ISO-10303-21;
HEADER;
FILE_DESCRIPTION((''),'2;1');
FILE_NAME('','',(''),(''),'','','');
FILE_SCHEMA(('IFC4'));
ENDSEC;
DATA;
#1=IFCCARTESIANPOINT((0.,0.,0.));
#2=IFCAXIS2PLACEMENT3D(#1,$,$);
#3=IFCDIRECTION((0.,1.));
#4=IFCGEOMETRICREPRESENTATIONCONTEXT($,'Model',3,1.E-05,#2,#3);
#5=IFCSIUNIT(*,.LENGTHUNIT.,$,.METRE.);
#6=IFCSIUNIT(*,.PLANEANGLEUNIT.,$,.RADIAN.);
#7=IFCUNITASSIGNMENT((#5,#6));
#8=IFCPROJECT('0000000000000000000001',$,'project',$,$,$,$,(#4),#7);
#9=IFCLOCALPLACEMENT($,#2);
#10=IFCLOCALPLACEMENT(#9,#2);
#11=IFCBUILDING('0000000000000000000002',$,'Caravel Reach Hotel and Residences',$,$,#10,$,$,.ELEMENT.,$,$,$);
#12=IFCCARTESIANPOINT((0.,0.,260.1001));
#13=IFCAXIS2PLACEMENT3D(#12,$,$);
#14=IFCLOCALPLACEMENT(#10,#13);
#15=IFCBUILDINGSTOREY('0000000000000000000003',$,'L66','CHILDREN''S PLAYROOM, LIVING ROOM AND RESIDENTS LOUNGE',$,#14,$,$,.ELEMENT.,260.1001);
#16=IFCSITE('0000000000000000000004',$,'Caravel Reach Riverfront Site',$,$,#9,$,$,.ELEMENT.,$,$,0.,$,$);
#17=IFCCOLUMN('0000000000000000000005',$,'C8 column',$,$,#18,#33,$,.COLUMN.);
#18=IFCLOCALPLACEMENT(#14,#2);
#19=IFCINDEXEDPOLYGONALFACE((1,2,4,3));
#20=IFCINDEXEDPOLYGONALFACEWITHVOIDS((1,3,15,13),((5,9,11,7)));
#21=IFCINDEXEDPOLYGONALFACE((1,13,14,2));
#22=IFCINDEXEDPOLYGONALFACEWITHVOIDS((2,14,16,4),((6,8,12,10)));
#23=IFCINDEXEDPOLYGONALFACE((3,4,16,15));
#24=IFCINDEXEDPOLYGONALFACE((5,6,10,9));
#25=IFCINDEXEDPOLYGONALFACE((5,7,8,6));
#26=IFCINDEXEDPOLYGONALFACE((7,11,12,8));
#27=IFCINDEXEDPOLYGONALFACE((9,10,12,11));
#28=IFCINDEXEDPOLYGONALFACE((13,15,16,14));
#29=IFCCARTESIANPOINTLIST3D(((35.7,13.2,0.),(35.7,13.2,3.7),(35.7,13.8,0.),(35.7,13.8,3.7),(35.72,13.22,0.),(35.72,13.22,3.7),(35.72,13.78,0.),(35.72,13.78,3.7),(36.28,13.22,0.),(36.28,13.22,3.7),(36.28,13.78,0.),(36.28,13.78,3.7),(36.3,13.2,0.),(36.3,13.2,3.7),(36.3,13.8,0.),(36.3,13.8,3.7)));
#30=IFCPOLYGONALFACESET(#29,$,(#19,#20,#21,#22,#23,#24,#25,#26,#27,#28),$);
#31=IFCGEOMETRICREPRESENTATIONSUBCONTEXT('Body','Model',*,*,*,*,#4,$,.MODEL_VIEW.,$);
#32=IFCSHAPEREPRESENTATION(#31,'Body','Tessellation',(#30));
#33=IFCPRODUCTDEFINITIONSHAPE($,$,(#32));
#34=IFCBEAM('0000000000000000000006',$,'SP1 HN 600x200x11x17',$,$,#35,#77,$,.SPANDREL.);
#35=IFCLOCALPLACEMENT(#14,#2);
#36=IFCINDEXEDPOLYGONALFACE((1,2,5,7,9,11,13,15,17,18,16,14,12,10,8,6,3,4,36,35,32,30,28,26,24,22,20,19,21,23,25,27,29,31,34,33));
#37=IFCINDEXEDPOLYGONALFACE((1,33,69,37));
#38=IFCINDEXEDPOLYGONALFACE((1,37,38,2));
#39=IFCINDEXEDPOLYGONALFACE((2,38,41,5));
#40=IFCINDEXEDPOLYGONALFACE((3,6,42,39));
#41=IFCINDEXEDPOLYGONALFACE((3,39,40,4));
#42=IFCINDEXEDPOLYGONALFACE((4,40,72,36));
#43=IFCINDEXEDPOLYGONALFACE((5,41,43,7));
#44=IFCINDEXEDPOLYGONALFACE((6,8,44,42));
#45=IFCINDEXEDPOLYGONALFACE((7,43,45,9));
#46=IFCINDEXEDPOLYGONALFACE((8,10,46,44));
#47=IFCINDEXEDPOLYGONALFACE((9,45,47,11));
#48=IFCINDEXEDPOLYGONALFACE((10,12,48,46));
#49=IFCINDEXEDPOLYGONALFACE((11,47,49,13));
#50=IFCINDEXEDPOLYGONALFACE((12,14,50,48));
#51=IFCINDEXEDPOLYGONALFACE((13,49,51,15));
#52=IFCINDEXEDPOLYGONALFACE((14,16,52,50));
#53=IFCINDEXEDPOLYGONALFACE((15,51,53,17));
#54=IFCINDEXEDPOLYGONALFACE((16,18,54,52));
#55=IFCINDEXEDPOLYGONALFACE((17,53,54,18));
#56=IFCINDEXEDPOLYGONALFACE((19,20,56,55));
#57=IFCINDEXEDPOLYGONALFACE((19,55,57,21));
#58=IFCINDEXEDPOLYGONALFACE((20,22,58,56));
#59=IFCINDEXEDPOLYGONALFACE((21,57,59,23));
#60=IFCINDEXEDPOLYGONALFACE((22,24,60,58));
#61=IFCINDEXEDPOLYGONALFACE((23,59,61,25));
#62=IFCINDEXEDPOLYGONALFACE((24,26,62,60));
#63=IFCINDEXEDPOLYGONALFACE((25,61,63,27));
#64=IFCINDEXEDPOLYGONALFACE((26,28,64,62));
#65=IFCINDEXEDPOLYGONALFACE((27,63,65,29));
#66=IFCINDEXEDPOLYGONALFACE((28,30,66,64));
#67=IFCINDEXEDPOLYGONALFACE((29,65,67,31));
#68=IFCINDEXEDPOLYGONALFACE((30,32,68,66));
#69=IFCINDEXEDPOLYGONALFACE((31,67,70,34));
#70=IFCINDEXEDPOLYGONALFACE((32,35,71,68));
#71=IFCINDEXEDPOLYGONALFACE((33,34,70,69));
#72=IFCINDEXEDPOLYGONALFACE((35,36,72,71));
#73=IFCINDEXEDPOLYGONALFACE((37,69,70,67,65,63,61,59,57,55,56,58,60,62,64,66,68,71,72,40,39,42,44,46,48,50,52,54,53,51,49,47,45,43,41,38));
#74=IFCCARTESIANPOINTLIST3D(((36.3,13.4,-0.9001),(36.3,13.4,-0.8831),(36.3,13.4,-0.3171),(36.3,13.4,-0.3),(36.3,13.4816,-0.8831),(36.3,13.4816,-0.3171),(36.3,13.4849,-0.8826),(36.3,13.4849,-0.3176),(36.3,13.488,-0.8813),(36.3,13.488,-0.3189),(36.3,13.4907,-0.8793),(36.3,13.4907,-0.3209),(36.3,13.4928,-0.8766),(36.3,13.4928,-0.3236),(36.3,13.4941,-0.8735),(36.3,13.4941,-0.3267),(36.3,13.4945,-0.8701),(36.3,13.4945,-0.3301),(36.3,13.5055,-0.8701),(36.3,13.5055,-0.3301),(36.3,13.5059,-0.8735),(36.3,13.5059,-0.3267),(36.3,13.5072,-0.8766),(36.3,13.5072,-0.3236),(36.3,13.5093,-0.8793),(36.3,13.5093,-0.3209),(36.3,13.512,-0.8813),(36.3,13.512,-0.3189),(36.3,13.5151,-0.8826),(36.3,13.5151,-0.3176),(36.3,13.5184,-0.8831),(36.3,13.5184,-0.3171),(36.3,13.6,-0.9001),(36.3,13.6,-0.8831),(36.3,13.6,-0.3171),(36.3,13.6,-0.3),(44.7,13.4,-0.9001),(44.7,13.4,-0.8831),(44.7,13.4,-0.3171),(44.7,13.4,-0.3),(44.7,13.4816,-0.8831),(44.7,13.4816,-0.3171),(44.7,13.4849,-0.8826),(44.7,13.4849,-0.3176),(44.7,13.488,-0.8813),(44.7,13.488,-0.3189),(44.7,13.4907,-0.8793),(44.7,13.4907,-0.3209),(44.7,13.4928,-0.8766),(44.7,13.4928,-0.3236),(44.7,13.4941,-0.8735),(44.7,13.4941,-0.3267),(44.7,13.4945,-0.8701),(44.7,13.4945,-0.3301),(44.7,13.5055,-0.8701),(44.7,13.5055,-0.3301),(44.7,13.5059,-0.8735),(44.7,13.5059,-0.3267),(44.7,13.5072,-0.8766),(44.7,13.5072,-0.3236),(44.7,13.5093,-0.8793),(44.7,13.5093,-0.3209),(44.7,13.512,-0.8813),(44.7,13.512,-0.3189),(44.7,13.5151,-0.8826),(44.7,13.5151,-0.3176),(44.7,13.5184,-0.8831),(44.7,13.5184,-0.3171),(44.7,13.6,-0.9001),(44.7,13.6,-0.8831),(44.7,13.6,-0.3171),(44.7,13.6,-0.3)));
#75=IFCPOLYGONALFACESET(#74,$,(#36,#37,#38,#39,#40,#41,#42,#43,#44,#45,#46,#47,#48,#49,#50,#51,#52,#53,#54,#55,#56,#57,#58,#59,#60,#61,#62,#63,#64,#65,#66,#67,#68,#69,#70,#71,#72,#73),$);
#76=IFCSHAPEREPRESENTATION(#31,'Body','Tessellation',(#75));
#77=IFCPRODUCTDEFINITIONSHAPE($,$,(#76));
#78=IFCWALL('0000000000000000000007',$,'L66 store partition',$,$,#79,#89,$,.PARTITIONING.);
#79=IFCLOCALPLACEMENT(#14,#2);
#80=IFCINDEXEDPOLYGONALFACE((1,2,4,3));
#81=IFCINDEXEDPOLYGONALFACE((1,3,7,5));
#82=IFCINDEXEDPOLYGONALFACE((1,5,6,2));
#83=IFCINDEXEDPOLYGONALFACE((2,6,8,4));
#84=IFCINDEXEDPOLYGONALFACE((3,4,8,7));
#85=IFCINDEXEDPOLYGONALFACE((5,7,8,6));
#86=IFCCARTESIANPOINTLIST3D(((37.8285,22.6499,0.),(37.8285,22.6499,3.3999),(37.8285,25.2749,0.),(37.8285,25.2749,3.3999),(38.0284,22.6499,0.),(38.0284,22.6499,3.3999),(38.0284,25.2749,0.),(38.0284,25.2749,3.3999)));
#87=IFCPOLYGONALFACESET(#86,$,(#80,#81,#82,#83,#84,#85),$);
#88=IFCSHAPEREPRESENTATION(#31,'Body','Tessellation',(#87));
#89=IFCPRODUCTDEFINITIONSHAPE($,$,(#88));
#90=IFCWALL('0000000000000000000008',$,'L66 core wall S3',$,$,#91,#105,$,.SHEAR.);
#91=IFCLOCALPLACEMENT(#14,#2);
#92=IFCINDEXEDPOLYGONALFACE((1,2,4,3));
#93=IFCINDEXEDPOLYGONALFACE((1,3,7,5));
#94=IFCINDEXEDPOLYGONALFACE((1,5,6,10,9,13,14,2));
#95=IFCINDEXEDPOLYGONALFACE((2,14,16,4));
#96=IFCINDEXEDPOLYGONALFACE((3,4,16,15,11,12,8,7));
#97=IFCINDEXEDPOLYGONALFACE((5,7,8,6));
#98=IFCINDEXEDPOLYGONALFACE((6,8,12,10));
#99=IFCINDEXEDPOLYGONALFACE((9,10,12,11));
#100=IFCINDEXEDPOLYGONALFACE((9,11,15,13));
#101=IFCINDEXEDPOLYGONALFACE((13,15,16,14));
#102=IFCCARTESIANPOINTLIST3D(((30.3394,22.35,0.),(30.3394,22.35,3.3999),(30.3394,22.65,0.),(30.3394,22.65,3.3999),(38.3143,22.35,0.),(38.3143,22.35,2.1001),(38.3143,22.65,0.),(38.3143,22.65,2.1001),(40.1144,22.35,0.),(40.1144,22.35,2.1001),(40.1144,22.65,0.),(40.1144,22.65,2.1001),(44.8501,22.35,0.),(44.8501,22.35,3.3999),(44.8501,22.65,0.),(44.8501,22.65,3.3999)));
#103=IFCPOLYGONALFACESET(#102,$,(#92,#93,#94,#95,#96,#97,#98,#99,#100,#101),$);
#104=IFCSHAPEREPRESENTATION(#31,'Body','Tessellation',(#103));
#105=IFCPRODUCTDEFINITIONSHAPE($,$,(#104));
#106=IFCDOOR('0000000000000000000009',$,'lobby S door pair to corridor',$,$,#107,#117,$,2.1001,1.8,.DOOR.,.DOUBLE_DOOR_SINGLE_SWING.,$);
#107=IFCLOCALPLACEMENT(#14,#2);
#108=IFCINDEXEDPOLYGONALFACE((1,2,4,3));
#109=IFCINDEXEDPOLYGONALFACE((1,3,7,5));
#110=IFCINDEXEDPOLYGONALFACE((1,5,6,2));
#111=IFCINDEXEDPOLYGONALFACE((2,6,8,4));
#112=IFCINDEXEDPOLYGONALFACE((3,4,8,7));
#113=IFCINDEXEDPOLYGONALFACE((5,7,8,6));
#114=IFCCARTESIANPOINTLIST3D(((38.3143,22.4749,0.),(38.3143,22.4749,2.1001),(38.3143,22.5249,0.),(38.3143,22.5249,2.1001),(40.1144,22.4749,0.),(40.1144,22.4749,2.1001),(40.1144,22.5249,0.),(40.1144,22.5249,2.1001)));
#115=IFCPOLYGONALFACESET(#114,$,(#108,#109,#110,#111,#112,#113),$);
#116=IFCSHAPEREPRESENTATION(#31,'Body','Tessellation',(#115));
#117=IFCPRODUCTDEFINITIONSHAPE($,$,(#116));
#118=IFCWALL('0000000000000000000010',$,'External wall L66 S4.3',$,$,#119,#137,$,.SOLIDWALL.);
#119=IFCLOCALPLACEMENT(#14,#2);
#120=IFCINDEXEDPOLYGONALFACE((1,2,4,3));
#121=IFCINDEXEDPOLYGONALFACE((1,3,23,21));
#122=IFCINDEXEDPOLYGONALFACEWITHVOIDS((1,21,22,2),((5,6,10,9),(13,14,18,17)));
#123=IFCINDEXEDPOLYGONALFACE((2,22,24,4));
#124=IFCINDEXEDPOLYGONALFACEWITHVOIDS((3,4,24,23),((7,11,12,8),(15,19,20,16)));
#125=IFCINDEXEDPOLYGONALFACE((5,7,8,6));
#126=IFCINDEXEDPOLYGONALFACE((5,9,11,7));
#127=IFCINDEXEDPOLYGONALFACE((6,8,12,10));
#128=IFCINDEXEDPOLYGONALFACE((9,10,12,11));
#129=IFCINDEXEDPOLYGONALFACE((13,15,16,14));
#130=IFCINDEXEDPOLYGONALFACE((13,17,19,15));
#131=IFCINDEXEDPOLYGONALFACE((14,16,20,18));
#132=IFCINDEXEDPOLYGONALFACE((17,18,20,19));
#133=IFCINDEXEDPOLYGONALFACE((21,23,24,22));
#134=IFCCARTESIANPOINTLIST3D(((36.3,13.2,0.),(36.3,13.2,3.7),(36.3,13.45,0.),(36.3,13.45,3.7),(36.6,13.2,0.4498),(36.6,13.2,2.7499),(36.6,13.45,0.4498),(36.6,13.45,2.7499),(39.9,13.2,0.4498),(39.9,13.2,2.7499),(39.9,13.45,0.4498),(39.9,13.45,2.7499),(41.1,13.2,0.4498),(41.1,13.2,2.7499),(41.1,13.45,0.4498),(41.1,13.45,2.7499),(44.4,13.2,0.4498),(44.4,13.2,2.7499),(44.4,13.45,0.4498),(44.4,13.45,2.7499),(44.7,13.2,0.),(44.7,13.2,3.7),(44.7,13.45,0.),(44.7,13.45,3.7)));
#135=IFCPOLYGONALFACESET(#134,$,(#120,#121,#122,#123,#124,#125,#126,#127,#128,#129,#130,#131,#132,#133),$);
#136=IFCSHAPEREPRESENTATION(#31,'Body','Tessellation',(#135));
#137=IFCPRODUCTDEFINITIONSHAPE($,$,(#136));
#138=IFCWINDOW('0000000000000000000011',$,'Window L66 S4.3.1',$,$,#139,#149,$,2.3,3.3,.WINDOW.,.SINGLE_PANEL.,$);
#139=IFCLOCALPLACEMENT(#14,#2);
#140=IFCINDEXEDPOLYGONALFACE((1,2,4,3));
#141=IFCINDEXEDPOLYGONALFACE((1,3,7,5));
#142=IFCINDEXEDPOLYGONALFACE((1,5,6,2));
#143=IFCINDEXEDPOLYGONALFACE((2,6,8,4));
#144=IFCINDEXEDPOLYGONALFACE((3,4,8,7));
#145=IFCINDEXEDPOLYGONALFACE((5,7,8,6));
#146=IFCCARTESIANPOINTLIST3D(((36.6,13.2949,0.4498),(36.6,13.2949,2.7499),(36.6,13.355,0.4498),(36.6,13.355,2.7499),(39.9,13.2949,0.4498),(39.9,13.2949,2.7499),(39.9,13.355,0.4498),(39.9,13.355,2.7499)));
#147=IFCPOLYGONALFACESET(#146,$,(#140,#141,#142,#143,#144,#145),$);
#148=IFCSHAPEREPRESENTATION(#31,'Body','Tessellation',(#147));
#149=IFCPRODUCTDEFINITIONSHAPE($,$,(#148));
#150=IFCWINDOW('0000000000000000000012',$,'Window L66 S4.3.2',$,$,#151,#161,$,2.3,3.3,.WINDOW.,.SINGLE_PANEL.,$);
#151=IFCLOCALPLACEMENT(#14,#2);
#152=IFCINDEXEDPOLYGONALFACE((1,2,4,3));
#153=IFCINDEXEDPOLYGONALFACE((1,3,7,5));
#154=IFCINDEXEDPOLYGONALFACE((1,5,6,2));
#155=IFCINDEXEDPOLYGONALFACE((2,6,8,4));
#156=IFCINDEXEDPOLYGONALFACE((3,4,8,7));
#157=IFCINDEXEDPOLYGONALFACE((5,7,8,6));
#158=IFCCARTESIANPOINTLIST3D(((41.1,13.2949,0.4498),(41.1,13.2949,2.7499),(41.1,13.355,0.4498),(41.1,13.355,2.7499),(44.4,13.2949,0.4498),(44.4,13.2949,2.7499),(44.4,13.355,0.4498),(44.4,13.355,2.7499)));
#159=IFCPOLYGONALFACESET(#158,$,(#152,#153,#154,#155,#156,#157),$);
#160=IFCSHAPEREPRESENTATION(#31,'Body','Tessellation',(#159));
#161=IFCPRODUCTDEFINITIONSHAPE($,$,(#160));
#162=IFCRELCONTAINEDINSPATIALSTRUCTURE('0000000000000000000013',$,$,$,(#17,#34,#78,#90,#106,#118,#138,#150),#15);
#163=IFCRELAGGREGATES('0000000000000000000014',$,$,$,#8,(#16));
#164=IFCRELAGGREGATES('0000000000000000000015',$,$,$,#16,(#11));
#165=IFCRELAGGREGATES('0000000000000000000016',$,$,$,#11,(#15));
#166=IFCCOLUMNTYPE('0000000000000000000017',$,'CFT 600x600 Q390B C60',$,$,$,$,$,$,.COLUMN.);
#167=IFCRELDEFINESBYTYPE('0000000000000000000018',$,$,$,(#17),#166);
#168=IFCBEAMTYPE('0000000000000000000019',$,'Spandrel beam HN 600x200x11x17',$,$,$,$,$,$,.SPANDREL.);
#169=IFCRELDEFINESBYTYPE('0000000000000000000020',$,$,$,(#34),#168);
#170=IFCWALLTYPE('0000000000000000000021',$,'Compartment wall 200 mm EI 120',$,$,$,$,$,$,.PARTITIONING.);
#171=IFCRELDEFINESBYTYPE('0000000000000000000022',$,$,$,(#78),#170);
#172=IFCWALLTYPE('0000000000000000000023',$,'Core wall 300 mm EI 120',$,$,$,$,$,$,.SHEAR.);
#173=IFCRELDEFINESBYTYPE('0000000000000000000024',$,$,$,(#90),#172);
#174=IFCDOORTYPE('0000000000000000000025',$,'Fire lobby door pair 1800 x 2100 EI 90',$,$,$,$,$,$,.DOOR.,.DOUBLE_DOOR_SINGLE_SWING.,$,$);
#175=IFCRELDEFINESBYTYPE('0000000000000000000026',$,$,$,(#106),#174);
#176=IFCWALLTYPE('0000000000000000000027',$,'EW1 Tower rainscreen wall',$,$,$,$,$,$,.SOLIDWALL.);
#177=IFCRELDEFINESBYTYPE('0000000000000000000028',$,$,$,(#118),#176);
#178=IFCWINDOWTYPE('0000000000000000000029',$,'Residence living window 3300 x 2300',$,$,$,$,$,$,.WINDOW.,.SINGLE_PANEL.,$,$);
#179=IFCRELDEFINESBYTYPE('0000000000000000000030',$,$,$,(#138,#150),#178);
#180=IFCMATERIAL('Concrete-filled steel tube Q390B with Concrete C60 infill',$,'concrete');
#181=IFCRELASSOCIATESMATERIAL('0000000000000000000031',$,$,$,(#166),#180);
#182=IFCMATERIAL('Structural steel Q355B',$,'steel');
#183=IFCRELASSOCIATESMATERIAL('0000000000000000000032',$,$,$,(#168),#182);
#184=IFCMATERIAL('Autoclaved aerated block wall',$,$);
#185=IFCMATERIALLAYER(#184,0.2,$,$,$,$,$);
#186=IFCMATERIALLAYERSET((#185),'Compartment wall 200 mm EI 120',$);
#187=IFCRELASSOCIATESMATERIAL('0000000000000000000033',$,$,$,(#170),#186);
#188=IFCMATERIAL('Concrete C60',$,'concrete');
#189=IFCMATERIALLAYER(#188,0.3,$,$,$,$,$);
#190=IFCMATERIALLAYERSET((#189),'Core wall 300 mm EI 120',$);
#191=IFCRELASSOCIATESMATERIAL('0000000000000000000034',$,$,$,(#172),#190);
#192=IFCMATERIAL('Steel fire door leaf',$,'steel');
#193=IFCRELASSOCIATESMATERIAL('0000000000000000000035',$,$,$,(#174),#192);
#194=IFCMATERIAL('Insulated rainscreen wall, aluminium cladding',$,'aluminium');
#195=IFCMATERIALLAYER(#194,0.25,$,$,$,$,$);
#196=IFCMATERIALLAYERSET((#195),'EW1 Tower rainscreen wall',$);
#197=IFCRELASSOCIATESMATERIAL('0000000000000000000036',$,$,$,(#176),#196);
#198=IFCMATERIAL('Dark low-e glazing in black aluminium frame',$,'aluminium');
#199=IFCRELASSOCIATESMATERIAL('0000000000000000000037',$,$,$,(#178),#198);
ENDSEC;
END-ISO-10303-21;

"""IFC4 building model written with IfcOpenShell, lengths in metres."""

from ifc_helpers import new_model, si_unit, direction, frame, frame_2d, origin, origin_2d, place, context, subcontext, project, spatial, rectangle, hollow_rectangle, i_section, extrude, material, layer, layer_set, material_profile, profile_set, type_object, element, fill, save


model = new_model("IFC4")

# Units and contexts
model_context = context("Model", 3, precision=1e-05, world=origin(), true_north=direction((0.0, 1.0)))
body_context = subcontext(model_context, "Body", "Model", "MODEL_VIEW")
ifc_project = project(units=[si_unit("LENGTHUNIT", "METRE"), si_unit("PLANEANGLEUNIT", "RADIAN")], contexts=[model_context])

# Site, building, storey
site_placement = place(None, origin())
site = spatial("IfcSite", under=ifc_project, at=site_placement, Name="Caravel Reach Riverfront Site", CompositionType="ELEMENT", RefElevation=0.0)
building_placement = place(site_placement, origin())
building = spatial("IfcBuilding", under=site, at=building_placement, Name="Caravel Reach Hotel and Residences", CompositionType="ELEMENT")
storey_placement = place(building_placement, frame((0.0, 0.0, 260.1001)))
storey = spatial("IfcBuildingStorey", under=building, at=storey_placement, Name="L66", Description="CHILDREN'S PLAYROOM, LIVING ROOM AND RESIDENTS LOUNGE", CompositionType="ELEMENT", Elevation=260.1001)

# Column
ifc_material_1 = material(Name="Concrete-filled steel tube Q390B with Concrete C60 infill", Category="concrete")
ifc_material_profile_1 = material_profile(ifc_material_1, hollow_rectangle(XDim=0.6001, YDim=0.6001, WallThickness=0.02, at=origin_2d()), Name="RHS 600x600x20")
ifc_profile_set_1 = profile_set([ifc_material_profile_1], Name="Concrete-filled steel tube Q390B with Concrete C60 infill")
column_type = type_object("IfcColumnType", Name="CFT 600x600 Q390B C60", PredefinedType="COLUMN", material=ifc_profile_set_1)
column_placement = place(storey_placement, frame((36.0, 13.5, 0.0), z_axis=(0.0, 0.0, 1.0), x_axis=(1.0, 0.0, 0.0)))
element("IfcColumn", 1, at=column_placement, inside=storey, type_object=column_type, Name="C8 column", PredefinedType="COLUMN", context=body_context, shape_type="SweptSolid", body=[
    extrude(hollow_rectangle(XDim=0.6001, YDim=0.6001, WallThickness=0.02, at=origin_2d()), origin(), (0.0, 0.0, 1.0), 3.7),
])

# Beam
ifc_material_2 = material(Name="Structural steel Q355B", Category="steel")
ifc_material_profile_2 = material_profile(ifc_material_2, i_section(OverallWidth=0.2, OverallDepth=0.6001, WebThickness=0.011, FlangeThickness=0.0171, FilletRadius=0.0129, at=origin_2d()), Name="HN 600x200x11x17")
ifc_profile_set_2 = profile_set([ifc_material_profile_2], Name="Structural steel Q355B")
beam_type = type_object("IfcBeamType", Name="Spandrel beam HN 600x200x11x17", PredefinedType="SPANDREL", material=ifc_profile_set_2)
beam_placement = place(storey_placement, frame((36.3, 13.5, -0.6001), z_axis=(1.0, 0.0, 0.0), x_axis=(0.0, 1.0, 0.0)))
element("IfcBeam", 2, at=beam_placement, inside=storey, type_object=beam_type, Name="SP1 HN 600x200x11x17", PredefinedType="SPANDREL", context=body_context, shape_type="SweptSolid", body=[
    extrude(i_section(OverallWidth=0.2, OverallDepth=0.6001, WebThickness=0.011, FlangeThickness=0.0171, FilletRadius=0.0129, at=origin_2d()), origin(), (0.0, 0.0, 1.0), 8.3999),
])

# Wall
ifc_material_3 = material(Name="Autoclaved aerated block wall")
ifc_layer_1 = layer(ifc_material_3, 0.2)
ifc_layer_set_1 = layer_set([ifc_layer_1], Name="Compartment wall 200 mm EI 120")
wall_type_1 = type_object("IfcWallType", Name="Compartment wall 200 mm EI 120", PredefinedType="PARTITIONING", material=ifc_layer_set_1)
wall_1_placement = place(storey_placement, frame((37.9285, 22.6499, 0.0), z_axis=(0.0, 0.0, 1.0), x_axis=(0.0, 1.0, 0.0)))
element("IfcWall", 3, at=wall_1_placement, inside=storey, type_object=wall_type_1, Name="L66 store partition", PredefinedType="PARTITIONING", context=body_context, shape_type="SweptSolid", body=[
    extrude(rectangle(XDim=2.625, YDim=0.2, at=frame_2d((1.3125, 0.0))), origin(), (0.0, 0.0, 1.0), 3.3999),
])

# Wall, opening, door
ifc_material_4 = material(Name="Concrete C60", Category="concrete")
ifc_layer_2 = layer(ifc_material_4, 0.3)
ifc_layer_set_2 = layer_set([ifc_layer_2], Name="Core wall 300 mm EI 120")
wall_type_2 = type_object("IfcWallType", Name="Core wall 300 mm EI 120", PredefinedType="SHEAR", material=ifc_layer_set_2)
wall_2_placement = place(storey_placement, frame((30.3394, 22.5, 0.0), z_axis=(0.0, 0.0, 1.0), x_axis=(1.0, 0.0, 0.0)))
wall_2 = element("IfcWall", 4, at=wall_2_placement, inside=storey, type_object=wall_type_2, Name="L66 core wall S3", PredefinedType="SHEAR", context=body_context, shape_type="SweptSolid", body=[
    extrude(rectangle(XDim=14.5107, YDim=0.3, at=frame_2d((7.2554, 0.0))), origin(), (0.0, 0.0, 1.0), 3.3999),
])
opening_1_placement = place(wall_2_placement, frame((7.9751, 0.0, 0.0)))
opening_1 = element("IfcOpeningElement", 5, at=opening_1_placement, cuts=wall_2, PredefinedType="OPENING", context=body_context, shape_type="SweptSolid", body=[
    extrude(rectangle(XDim=1.8, YDim=2.1001, at=frame_2d((0.8999, 1.05))), frame((0.0, 0.1599, 0.0), z_axis=(0.0, -1.0, 0.0), x_axis=(1.0, 0.0, 0.0)), (0.0, 0.0, 1.0), 0.3201),
])
ifc_material_5 = material(Name="Steel fire door leaf", Category="steel")
door_type_1 = type_object("IfcDoorType", Name="Fire lobby door pair 1800 x 2100 EI 90", OperationType="DOUBLE_DOOR_SINGLE_SWING", PredefinedType="DOOR", material=ifc_material_5)
door_1_placement = place(opening_1_placement, origin())
door_1 = element("IfcDoor", 6, at=door_1_placement, inside=storey, type_object=door_type_1, Name="lobby S door pair to corridor", OperationType="DOUBLE_DOOR_SINGLE_SWING", OverallHeight=2.1001, OverallWidth=1.8, PredefinedType="DOOR", context=body_context, shape_type="SweptSolid", body=[
    extrude(rectangle(XDim=1.8, YDim=2.1001, at=frame_2d((0.8999, 1.05))), frame((0.0, 0.0249, 0.0), z_axis=(0.0, -1.0, 0.0), x_axis=(1.0, 0.0, 0.0)), (0.0, 0.0, 1.0), 0.05),
])
fill(opening_1, door_1)

# Wall, openings, windows
ifc_material_6 = material(Name="Insulated rainscreen wall, aluminium cladding", Category="aluminium")
ifc_layer_3 = layer(ifc_material_6, 0.25)
ifc_layer_set_3 = layer_set([ifc_layer_3], Name="EW1 Tower rainscreen wall")
wall_type_3 = type_object("IfcWallType", Name="EW1 Tower rainscreen wall", PredefinedType="SOLIDWALL", material=ifc_layer_set_3)
wall_3_placement = place(storey_placement, frame((36.3, 13.325, 0.0), z_axis=(0.0, 0.0, 1.0), x_axis=(1.0, 0.0, 0.0)))
wall_3 = element("IfcWall", 7, at=wall_3_placement, inside=storey, type_object=wall_type_3, Name="External wall L66 S4.3", PredefinedType="SOLIDWALL", context=body_context, shape_type="SweptSolid", body=[
    extrude(rectangle(XDim=8.3999, YDim=0.25, at=frame_2d((4.2, 0.0))), origin(), (0.0, 0.0, 1.0), 3.7),
])
opening_2_placement = place(wall_3_placement, frame((0.3, 0.0, 0.45)))
opening_2 = element("IfcOpeningElement", 8, at=opening_2_placement, cuts=wall_3, PredefinedType="OPENING", context=body_context, shape_type="SweptSolid", body=[
    extrude(rectangle(XDim=3.3, YDim=2.3, at=frame_2d((1.6499, 1.1499))), frame((0.0, 0.135, 0.0), z_axis=(0.0, -1.0, 0.0), x_axis=(1.0, 0.0, 0.0)), (0.0, 0.0, 1.0), 0.27),
])
opening_3_placement = place(wall_3_placement, frame((4.8, 0.0, 0.45)))
opening_3 = element("IfcOpeningElement", 9, at=opening_3_placement, cuts=wall_3, PredefinedType="OPENING", context=body_context, shape_type="SweptSolid", body=[
    extrude(rectangle(XDim=3.3, YDim=2.3, at=frame_2d((1.6499, 1.1499))), frame((0.0, 0.135, 0.0), z_axis=(0.0, -1.0, 0.0), x_axis=(1.0, 0.0, 0.0)), (0.0, 0.0, 1.0), 0.27),
])
ifc_material_7 = material(Name="Dark low-e glazing in black aluminium frame", Category="aluminium")
window_type = type_object("IfcWindowType", Name="Residence living window 3300 x 2300", PartitioningType="SINGLE_PANEL", PredefinedType="WINDOW", material=ifc_material_7)
window_1_placement = place(opening_2_placement, origin())
window_1 = element("IfcWindow", 10, at=window_1_placement, inside=storey, type_object=window_type, Name="Window L66 S4.3.1", OverallHeight=2.3, OverallWidth=3.3, PartitioningType="SINGLE_PANEL", PredefinedType="WINDOW", context=body_context, shape_type="SweptSolid", body=[
    extrude(rectangle(XDim=3.3, YDim=2.3, at=frame_2d((1.6499, 1.1499))), frame((0.0, 0.03, 0.0), z_axis=(0.0, -1.0, 0.0), x_axis=(1.0, 0.0, 0.0)), (0.0, 0.0, 1.0), 0.0601),
])
fill(opening_2, window_1)
window_2_placement = place(opening_3_placement, origin())
window_2 = element("IfcWindow", 11, at=window_2_placement, inside=storey, type_object=window_type, Name="Window L66 S4.3.2", OverallHeight=2.3, OverallWidth=3.3, PartitioningType="SINGLE_PANEL", PredefinedType="WINDOW", context=body_context, shape_type="SweptSolid", body=[
    extrude(rectangle(XDim=3.3, YDim=2.3, at=frame_2d((1.6499, 1.1499))), frame((0.0, 0.03, 0.0), z_axis=(0.0, -1.0, 0.0), x_axis=(1.0, 0.0, 0.0)), (0.0, 0.0, 1.0), 0.0601),
])
fill(opening_3, window_2)

save(model, "model.ifc")
